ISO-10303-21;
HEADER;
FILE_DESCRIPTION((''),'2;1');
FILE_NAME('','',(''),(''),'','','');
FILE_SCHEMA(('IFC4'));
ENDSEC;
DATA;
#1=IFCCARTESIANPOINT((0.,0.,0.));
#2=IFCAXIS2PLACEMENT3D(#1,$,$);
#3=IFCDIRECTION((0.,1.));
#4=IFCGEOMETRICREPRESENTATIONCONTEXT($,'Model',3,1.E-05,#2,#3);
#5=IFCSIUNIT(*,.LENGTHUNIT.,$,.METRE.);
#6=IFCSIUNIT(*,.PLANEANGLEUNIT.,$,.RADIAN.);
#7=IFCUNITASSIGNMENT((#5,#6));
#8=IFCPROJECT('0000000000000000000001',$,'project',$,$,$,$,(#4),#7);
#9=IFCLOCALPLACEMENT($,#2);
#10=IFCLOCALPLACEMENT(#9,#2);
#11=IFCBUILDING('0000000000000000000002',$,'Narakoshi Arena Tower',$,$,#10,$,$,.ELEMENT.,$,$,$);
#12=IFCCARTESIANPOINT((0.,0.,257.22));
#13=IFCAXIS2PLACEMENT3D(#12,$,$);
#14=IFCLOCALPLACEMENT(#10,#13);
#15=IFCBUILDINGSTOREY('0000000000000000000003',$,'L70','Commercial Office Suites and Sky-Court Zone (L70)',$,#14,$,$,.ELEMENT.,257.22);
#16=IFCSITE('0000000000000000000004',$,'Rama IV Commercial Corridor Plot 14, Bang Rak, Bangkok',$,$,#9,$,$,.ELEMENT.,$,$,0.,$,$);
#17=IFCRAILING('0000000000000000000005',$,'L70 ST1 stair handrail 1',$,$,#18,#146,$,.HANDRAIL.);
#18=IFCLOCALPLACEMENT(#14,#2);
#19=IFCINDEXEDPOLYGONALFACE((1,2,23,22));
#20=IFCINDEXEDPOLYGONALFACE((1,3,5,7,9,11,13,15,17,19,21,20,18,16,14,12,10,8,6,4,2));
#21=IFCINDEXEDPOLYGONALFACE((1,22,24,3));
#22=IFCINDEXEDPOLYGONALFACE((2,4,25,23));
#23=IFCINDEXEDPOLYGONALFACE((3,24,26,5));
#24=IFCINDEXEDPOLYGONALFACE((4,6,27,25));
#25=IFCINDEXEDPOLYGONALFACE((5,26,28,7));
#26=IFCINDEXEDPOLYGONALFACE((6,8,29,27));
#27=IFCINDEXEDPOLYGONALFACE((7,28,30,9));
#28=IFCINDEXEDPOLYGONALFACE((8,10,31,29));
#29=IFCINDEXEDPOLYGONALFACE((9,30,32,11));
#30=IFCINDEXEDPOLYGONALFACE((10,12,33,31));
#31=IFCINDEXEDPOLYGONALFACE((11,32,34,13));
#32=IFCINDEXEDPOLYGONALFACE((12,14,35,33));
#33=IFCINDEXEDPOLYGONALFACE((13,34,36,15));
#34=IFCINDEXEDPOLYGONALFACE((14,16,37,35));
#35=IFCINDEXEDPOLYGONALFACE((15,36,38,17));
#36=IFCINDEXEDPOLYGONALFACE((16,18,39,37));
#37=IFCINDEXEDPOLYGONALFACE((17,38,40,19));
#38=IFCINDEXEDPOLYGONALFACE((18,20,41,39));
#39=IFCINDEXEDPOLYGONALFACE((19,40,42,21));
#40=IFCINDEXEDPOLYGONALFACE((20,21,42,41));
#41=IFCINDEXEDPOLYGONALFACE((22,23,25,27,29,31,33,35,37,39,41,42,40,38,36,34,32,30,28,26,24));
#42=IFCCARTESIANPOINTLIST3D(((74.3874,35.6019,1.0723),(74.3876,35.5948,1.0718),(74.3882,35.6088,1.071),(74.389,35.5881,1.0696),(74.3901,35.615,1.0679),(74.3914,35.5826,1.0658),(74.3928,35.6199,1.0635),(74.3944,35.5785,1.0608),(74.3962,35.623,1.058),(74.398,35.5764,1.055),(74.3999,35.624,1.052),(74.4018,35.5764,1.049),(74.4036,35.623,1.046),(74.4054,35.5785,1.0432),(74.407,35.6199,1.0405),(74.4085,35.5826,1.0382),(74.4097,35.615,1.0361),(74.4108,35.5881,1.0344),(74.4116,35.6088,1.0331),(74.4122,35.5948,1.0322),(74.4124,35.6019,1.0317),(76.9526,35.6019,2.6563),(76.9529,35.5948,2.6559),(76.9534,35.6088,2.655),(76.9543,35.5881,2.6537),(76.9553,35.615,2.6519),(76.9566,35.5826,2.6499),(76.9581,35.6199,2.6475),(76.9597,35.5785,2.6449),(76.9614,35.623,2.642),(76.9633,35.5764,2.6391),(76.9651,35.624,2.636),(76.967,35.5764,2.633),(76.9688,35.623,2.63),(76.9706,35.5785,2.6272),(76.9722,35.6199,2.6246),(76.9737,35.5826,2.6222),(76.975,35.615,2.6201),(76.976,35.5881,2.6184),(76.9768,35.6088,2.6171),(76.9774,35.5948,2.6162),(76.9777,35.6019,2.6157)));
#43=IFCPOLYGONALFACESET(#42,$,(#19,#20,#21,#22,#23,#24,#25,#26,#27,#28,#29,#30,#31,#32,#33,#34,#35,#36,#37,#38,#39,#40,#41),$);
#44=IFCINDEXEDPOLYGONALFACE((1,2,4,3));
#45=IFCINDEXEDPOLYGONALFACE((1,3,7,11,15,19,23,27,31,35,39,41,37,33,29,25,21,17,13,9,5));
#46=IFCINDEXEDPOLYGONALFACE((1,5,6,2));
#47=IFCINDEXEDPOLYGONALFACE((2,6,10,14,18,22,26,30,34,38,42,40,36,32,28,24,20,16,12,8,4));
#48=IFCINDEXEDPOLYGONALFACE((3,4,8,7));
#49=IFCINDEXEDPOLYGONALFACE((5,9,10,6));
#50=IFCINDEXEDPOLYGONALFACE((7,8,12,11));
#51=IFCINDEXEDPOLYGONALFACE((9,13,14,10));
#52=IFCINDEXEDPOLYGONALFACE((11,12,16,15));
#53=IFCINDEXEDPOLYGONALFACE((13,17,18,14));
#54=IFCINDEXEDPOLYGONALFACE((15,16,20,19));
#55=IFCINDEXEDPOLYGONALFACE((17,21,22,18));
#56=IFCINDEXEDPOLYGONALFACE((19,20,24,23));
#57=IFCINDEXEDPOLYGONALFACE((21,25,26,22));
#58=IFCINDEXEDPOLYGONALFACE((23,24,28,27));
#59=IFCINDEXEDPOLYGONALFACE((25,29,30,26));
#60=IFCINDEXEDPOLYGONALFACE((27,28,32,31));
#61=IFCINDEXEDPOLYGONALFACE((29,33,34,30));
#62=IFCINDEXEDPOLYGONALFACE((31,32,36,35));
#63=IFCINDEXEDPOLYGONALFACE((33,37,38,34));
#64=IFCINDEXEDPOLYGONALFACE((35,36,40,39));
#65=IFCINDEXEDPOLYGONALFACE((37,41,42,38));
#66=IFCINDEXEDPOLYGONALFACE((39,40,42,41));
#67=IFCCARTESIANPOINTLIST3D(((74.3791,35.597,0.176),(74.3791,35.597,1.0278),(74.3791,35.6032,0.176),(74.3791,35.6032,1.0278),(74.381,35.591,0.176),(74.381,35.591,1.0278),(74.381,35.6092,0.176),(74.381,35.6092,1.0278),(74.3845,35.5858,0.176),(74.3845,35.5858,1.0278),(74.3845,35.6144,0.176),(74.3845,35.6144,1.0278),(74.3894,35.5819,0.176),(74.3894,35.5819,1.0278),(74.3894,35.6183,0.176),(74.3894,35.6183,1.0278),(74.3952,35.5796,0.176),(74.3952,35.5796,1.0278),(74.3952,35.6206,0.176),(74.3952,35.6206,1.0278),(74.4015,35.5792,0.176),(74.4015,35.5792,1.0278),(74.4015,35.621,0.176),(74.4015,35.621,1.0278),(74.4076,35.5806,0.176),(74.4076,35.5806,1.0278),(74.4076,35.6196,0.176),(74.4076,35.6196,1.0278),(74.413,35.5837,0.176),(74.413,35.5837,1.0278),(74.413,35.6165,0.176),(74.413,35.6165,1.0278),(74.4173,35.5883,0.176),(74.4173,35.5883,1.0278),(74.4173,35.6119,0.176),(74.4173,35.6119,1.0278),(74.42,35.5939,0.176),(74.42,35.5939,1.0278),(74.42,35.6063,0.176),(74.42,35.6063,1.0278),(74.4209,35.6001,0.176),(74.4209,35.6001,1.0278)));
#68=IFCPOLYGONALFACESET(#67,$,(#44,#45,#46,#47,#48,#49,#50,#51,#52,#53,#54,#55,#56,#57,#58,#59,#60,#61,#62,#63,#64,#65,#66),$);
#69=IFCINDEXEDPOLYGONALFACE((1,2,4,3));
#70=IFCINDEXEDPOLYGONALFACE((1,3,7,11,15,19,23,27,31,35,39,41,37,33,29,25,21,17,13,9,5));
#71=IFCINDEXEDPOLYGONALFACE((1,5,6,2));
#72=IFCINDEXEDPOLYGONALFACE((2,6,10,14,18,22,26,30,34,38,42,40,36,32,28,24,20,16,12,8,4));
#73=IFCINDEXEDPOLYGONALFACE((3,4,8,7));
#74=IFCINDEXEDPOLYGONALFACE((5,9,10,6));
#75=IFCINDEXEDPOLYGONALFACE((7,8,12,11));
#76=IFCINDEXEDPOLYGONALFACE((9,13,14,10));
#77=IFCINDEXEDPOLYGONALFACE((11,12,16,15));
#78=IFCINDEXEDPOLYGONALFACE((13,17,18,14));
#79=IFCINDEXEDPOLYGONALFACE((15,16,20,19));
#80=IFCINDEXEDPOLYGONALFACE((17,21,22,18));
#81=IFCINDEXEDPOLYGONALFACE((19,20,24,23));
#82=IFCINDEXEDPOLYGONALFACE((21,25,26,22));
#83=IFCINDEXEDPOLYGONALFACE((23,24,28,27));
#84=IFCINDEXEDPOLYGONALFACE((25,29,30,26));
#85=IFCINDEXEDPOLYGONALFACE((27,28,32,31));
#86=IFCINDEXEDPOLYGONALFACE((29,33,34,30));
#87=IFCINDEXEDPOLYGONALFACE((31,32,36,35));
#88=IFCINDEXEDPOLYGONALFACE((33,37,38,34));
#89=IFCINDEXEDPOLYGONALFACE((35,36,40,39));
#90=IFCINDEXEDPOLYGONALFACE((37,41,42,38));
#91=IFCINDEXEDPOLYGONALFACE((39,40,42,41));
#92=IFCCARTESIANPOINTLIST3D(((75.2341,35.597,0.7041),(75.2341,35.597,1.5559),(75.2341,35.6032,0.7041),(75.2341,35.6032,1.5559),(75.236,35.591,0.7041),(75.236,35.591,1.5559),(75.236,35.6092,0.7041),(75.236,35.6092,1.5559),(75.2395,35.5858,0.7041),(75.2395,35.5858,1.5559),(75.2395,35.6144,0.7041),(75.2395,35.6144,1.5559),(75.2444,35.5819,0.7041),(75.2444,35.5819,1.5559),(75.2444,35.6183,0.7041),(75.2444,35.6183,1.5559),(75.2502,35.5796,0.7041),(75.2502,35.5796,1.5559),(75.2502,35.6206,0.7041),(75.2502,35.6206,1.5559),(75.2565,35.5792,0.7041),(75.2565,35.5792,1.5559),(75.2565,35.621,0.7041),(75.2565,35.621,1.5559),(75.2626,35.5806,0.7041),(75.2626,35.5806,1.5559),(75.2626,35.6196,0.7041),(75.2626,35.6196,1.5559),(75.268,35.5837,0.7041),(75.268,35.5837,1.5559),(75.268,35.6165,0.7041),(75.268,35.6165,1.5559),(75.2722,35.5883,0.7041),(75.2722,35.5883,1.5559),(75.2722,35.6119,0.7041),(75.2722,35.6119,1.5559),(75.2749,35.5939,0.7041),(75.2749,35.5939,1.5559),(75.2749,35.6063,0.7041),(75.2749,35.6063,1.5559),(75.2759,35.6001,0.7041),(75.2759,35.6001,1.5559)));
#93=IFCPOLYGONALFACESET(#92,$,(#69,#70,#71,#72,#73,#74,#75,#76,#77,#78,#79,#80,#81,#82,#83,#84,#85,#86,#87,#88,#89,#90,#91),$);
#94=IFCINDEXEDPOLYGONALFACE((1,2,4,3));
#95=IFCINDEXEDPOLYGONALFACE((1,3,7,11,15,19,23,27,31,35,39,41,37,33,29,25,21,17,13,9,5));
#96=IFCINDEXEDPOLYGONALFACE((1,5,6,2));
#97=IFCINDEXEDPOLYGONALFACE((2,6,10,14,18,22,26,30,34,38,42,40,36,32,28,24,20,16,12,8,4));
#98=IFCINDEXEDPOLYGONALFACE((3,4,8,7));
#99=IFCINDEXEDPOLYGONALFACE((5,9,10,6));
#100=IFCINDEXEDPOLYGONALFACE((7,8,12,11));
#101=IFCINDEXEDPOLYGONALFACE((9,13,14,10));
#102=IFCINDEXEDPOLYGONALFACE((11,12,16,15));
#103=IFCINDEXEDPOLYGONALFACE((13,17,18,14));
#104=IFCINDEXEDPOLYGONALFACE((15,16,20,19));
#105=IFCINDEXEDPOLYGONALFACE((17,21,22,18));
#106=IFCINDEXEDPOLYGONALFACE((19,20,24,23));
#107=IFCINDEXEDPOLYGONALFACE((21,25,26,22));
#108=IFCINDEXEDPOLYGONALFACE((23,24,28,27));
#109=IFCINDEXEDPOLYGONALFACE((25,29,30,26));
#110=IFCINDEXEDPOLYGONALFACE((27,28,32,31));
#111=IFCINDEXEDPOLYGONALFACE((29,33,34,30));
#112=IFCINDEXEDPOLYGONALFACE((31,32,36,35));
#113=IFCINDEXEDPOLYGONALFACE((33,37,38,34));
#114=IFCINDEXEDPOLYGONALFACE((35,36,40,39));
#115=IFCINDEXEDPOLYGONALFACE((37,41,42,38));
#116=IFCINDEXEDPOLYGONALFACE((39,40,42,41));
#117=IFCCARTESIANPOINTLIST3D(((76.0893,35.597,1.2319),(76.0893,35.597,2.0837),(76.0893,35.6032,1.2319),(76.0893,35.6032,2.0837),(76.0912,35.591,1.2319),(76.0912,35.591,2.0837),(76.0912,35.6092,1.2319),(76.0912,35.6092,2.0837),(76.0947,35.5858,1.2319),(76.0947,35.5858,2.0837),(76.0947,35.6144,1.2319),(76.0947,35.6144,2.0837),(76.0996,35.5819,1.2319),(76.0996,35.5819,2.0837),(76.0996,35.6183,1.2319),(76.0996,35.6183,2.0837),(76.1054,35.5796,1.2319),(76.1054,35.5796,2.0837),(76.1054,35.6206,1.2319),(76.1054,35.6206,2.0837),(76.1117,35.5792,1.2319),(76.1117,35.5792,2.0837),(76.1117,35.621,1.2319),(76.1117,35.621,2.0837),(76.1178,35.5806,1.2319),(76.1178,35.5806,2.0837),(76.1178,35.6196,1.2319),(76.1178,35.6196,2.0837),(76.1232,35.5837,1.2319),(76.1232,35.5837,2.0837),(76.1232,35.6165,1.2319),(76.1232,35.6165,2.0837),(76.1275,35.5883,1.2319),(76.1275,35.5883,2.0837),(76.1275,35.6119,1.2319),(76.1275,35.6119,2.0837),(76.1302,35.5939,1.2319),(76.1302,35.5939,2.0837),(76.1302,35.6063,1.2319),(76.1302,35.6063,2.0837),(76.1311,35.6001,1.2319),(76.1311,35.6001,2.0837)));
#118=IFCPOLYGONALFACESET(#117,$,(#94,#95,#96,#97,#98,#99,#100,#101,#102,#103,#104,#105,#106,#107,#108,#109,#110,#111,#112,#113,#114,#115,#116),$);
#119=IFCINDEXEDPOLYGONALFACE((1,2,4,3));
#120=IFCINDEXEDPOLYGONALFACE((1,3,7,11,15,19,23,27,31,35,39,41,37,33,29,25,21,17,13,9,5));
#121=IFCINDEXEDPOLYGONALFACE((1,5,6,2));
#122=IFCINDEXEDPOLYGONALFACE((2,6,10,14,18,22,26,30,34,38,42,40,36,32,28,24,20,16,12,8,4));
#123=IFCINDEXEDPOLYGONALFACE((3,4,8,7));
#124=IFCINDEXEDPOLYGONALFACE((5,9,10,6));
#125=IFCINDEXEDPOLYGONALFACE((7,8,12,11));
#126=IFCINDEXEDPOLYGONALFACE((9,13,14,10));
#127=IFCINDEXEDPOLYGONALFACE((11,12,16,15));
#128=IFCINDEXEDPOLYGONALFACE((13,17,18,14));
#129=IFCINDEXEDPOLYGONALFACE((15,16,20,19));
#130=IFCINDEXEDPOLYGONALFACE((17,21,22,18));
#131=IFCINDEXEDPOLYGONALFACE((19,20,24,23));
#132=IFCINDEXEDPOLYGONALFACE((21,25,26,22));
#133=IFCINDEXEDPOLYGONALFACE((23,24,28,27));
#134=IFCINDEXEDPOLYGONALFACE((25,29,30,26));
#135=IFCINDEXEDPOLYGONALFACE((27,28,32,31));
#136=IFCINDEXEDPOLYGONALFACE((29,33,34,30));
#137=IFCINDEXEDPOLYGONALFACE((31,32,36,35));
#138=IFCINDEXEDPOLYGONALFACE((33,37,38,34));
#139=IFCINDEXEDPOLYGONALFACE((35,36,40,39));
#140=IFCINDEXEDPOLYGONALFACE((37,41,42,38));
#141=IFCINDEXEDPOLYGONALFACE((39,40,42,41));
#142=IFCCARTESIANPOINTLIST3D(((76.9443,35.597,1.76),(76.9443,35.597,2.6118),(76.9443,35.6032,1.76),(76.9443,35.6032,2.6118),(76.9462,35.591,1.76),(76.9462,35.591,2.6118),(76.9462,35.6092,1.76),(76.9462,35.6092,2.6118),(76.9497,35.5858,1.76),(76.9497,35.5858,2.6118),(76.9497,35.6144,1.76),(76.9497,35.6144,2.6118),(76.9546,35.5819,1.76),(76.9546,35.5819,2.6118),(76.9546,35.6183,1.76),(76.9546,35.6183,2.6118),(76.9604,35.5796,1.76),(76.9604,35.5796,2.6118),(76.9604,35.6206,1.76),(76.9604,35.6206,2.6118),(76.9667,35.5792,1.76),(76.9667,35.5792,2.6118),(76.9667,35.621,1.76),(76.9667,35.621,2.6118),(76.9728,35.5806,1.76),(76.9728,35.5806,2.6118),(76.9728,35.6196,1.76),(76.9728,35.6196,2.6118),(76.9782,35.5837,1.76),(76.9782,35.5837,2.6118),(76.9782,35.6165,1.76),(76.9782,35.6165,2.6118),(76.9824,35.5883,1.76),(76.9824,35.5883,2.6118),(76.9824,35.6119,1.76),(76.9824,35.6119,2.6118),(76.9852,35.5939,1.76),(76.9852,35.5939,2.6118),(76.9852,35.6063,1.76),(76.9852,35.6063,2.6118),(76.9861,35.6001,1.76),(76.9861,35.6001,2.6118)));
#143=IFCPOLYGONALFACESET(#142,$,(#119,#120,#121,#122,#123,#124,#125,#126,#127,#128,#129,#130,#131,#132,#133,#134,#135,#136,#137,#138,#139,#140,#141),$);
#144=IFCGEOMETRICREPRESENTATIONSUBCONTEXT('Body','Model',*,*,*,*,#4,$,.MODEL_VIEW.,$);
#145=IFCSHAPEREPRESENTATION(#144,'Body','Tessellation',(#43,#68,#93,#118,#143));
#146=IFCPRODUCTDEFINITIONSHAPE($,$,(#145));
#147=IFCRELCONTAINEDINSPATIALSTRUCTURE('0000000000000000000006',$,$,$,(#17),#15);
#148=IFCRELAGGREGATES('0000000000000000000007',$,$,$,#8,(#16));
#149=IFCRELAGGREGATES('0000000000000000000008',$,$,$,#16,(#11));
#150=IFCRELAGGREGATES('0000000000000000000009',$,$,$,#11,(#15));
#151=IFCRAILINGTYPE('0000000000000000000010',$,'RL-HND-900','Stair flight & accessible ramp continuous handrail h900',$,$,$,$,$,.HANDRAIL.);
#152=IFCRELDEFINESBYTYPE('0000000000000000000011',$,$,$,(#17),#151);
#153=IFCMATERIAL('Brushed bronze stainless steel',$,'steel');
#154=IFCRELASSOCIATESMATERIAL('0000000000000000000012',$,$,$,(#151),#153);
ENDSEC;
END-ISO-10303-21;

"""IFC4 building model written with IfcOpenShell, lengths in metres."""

from ifc_helpers import new_model, si_unit, direction, frame, origin, origin_2d, place, context, subcontext, project, spatial, circle, extrude, material, type_object, element, save


model = new_model("IFC4")

# Units and contexts
model_context = context("Model", 3, precision=1e-05, world=origin(), true_north=direction((0.0, 1.0)))
body_context = subcontext(model_context, "Body", "Model", "MODEL_VIEW")
ifc_project = project(units=[si_unit("LENGTHUNIT", "METRE"), si_unit("PLANEANGLEUNIT", "RADIAN")], contexts=[model_context])

# Site, building, storey
site_placement = place(None, origin())
site = spatial("IfcSite", under=ifc_project, at=site_placement, Name="Rama IV Commercial Corridor Plot 14, Bang Rak, Bangkok", CompositionType="ELEMENT", RefElevation=0.0)
building_placement = place(site_placement, origin())
building = spatial("IfcBuilding", under=site, at=building_placement, Name="Narakoshi Arena Tower", CompositionType="ELEMENT")
storey_placement = place(building_placement, frame((0.0, 0.0, 257.22)))
storey = spatial("IfcBuildingStorey", under=building, at=storey_placement, Name="L70", Description="Commercial Office Suites and Sky-Court Zone (L70)", CompositionType="ELEMENT", Elevation=257.22)

# Railing
ifc_material_1 = material(Name="Brushed bronze stainless steel", Category="steel")
railing_type_1 = type_object("IfcRailingType", Name="RL-HND-900", Description="Stair flight & accessible ramp continuous handrail h900", PredefinedType="HANDRAIL", material=ifc_material_1)
railing_1_placement = place(storey_placement, frame((74.3999, 35.6001, 0.176)))
element("IfcRailing", 1, at=railing_1_placement, inside=storey, type_object=railing_type_1, Name="L70 ST1 stair handrail 1", PredefinedType="HANDRAIL", context=body_context, shape_type="SweptSolid", body=[
    extrude(circle(Radius=0.0239, at=origin_2d()), frame((0.0, 0.0, 0.876), z_axis=(0.850857, 0.0, 0.525398), x_axis=(0.0, 1.0, 0.0)), (0.0, 0.0, 1.0), 3.0149),
    extrude(circle(Radius=0.021, at=origin_2d()), origin(), (0.0, 0.0, 1.0), 0.8518),
    extrude(circle(Radius=0.021, at=origin_2d()), frame((0.855, 0.0, 0.5281)), (0.0, 0.0, 1.0), 0.8518),
    extrude(circle(Radius=0.021, at=origin_2d()), frame((1.7102, 0.0, 1.0559)), (0.0, 0.0, 1.0), 0.8518),
    extrude(circle(Radius=0.021, at=origin_2d()), frame((2.5652, 0.0, 1.584)), (0.0, 0.0, 1.0), 0.8518),
])

save(model, "model.ifc")
